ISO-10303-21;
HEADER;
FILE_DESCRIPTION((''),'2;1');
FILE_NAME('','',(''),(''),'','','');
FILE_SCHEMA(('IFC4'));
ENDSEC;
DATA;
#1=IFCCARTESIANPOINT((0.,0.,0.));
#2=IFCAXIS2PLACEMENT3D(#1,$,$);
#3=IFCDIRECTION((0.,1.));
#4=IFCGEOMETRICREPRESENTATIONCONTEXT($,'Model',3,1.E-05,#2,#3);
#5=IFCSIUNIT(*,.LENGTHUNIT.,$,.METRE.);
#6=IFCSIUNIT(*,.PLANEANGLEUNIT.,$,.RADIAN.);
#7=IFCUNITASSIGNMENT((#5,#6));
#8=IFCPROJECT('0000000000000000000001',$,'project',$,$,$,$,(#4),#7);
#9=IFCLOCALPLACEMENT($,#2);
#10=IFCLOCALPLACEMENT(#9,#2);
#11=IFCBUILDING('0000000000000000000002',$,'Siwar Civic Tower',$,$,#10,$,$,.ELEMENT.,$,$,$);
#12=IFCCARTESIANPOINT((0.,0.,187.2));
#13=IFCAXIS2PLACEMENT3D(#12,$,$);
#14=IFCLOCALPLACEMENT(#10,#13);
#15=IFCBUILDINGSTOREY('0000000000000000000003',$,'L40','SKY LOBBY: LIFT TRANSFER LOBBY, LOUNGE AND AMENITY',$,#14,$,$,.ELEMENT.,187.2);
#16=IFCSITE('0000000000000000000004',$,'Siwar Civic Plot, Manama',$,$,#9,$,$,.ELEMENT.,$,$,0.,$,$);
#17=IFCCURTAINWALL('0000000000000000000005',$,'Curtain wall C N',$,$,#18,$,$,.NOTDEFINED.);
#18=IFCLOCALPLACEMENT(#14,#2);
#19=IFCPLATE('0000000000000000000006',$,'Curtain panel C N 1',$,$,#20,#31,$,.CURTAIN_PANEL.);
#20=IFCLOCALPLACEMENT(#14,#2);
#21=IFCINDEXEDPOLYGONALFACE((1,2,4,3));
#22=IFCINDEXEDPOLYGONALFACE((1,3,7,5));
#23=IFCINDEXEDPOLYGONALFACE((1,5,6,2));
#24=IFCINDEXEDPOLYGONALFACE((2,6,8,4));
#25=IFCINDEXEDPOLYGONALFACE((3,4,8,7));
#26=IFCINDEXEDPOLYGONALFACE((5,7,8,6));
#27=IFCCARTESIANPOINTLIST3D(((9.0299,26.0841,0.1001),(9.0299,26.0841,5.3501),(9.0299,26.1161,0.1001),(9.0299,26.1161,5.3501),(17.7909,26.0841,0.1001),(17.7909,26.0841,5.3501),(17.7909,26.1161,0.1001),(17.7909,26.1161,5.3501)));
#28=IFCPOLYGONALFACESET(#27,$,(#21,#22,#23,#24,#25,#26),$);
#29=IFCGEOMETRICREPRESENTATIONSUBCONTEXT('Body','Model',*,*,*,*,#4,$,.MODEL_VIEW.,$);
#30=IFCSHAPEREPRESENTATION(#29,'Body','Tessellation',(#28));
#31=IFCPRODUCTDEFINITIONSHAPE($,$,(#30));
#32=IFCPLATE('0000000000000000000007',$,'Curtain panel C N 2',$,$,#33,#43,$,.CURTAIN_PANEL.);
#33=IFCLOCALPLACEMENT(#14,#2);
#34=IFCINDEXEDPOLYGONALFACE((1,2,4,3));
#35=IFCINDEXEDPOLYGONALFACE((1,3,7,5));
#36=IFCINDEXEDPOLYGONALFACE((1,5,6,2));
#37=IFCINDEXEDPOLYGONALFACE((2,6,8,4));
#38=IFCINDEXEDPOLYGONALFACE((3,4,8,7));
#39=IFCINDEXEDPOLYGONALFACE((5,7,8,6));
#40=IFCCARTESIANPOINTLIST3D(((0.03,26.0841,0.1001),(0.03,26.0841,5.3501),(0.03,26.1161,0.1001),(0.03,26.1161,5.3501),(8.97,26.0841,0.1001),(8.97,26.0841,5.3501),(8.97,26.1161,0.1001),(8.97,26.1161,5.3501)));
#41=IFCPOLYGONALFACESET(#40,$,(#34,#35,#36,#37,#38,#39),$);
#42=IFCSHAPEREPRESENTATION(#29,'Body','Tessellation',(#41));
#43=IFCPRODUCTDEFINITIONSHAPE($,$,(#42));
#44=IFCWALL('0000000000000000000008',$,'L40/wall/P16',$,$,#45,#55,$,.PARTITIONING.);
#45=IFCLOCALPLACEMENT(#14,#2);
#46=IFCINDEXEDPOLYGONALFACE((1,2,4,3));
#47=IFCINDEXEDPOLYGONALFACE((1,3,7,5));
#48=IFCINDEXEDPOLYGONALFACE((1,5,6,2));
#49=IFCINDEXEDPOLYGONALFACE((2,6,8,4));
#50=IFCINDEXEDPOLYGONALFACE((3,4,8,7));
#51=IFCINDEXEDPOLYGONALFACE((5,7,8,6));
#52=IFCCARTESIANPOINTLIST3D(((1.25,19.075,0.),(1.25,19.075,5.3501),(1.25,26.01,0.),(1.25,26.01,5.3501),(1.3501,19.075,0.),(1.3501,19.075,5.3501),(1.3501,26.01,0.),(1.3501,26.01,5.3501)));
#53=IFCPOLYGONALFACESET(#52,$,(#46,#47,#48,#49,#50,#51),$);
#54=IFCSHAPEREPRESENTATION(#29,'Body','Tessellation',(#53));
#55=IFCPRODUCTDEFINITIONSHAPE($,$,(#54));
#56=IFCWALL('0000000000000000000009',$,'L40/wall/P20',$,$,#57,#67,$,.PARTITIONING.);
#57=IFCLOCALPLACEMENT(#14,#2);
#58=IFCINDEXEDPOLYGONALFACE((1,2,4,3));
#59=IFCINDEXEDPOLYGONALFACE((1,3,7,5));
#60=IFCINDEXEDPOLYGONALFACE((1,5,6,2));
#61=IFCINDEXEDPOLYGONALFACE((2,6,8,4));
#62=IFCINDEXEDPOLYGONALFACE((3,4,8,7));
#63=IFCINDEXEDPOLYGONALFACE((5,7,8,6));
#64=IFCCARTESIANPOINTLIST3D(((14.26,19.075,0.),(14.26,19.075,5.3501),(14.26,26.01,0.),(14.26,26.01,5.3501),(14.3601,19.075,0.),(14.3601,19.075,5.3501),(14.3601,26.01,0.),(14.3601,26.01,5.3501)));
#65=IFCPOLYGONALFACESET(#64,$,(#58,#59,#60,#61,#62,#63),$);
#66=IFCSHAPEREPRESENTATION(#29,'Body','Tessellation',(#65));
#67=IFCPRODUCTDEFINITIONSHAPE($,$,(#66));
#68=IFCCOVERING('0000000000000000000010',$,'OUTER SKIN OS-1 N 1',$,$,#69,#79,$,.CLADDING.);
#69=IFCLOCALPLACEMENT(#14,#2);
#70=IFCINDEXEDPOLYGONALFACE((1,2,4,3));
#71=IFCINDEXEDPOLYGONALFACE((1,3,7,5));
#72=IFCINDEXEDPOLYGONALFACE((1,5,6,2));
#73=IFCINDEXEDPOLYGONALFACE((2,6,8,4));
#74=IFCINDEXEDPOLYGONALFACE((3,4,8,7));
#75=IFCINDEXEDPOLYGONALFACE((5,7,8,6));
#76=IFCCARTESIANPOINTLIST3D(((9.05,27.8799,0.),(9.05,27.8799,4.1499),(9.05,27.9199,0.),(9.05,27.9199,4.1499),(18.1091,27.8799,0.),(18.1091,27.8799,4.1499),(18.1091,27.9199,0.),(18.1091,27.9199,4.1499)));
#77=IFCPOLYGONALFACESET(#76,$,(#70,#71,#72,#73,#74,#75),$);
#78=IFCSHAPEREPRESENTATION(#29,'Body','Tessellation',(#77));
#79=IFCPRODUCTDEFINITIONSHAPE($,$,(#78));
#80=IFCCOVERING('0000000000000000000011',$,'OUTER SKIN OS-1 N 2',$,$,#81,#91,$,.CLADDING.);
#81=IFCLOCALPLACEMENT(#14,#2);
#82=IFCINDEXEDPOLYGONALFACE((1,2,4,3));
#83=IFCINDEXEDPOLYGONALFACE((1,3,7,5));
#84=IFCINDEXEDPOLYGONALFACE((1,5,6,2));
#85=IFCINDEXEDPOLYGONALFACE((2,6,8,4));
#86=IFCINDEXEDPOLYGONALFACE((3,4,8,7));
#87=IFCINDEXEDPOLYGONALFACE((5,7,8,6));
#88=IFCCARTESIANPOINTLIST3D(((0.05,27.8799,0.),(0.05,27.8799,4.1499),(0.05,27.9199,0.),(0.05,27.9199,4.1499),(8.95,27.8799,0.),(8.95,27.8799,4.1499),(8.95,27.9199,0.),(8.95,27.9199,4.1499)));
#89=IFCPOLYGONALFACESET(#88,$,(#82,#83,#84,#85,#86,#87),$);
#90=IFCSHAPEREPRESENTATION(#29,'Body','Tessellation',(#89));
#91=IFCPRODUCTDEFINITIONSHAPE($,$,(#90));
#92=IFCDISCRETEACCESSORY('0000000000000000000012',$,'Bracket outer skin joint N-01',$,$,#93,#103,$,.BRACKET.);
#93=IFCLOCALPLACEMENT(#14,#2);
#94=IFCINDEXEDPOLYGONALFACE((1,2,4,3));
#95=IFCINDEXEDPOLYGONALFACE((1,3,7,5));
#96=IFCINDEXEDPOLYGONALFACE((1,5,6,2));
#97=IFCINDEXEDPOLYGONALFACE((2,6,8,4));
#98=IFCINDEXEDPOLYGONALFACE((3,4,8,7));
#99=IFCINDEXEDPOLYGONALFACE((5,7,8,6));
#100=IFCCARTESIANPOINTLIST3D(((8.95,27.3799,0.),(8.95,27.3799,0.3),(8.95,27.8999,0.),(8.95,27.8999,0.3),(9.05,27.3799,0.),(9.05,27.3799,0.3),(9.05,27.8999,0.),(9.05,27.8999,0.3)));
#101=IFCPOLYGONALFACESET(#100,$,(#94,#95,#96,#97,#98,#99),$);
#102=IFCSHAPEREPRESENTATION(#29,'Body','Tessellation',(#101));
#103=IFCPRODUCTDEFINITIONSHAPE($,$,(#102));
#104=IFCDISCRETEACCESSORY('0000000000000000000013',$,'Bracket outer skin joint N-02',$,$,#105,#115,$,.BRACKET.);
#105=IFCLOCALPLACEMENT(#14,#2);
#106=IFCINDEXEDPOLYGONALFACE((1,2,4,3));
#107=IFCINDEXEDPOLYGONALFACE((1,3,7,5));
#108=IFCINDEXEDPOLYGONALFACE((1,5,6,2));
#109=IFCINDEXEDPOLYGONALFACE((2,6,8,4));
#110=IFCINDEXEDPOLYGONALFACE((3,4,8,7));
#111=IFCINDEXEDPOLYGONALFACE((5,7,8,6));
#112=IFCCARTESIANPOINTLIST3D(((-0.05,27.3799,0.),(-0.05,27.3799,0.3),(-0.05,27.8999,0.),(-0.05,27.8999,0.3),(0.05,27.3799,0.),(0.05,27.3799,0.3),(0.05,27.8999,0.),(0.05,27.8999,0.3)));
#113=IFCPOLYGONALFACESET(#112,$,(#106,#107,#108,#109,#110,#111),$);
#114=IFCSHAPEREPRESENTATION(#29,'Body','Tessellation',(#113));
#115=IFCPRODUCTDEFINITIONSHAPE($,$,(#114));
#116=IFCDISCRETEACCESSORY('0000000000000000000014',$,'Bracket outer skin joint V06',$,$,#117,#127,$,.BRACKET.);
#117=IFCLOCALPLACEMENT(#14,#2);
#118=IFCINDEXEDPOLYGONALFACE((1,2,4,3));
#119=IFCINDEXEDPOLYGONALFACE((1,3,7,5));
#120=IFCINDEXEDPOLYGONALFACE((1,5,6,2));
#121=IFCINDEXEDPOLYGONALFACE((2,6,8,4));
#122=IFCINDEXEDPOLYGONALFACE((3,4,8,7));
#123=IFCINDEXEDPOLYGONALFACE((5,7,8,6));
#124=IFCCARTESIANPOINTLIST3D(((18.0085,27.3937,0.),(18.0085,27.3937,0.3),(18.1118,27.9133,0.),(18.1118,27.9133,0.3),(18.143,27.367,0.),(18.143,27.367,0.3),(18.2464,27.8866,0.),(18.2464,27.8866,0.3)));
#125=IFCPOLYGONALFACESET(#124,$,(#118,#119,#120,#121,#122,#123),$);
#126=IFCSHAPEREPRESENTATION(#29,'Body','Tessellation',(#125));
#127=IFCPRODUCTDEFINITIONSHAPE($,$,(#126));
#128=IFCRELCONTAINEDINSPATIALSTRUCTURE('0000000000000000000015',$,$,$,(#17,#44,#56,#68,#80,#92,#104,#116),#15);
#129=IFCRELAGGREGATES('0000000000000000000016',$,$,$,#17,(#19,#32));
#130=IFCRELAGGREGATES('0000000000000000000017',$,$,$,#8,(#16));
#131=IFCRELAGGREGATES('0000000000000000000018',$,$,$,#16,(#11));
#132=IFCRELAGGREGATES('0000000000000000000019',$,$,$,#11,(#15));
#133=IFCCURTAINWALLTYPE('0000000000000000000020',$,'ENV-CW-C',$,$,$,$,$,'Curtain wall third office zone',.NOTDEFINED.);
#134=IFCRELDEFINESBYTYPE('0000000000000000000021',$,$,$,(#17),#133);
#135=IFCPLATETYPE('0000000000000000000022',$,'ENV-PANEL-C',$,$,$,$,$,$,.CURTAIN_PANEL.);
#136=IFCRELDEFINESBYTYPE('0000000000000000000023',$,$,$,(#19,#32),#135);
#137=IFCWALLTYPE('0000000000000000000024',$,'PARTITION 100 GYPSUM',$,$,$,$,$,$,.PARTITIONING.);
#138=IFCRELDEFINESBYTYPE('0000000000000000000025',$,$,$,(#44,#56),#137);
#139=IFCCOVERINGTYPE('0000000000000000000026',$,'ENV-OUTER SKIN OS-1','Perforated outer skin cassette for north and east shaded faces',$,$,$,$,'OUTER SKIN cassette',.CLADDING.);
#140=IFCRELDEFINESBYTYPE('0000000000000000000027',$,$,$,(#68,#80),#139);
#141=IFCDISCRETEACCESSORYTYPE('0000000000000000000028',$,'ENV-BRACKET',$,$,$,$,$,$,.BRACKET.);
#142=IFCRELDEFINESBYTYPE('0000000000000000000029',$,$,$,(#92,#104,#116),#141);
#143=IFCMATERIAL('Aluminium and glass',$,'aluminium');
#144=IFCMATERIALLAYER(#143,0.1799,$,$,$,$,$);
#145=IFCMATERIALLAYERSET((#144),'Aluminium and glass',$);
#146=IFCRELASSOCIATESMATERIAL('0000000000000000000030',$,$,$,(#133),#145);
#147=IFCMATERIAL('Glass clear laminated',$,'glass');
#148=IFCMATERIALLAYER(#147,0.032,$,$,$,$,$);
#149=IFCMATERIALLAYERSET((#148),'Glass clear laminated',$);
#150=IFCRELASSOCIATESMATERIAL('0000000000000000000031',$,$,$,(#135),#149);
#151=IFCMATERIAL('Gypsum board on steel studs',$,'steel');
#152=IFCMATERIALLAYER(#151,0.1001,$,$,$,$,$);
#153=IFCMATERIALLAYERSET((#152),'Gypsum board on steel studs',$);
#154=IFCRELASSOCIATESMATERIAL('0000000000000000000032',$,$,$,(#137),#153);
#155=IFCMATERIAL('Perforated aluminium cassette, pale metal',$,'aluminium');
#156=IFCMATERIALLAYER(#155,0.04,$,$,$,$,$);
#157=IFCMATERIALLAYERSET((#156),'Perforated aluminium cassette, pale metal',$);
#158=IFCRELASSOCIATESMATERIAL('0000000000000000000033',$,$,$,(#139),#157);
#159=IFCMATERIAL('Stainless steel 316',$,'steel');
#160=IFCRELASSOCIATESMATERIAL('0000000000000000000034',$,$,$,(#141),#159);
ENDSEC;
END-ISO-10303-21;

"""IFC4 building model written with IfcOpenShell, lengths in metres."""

from ifc_helpers import new_model, si_unit, direction, frame, frame_2d, origin, origin_2d, place, context, subcontext, project, spatial, rectangle, extrude, material, layer, layer_set, type_object, element, aggregate, save


model = new_model("IFC4")

# Units and contexts
model_context = context("Model", 3, precision=1e-05, world=origin(), true_north=direction((0.0, 1.0)))
body_context = subcontext(model_context, "Body", "Model", "MODEL_VIEW")
ifc_project = project(units=[si_unit("LENGTHUNIT", "METRE"), si_unit("PLANEANGLEUNIT", "RADIAN")], contexts=[model_context])

# Site, building, storey
site_placement = place(None, origin())
site = spatial("IfcSite", under=ifc_project, at=site_placement, Name="Siwar Civic Plot, Manama", CompositionType="ELEMENT", RefElevation=0.0)
building_placement = place(site_placement, origin())
building = spatial("IfcBuilding", under=site, at=building_placement, Name="Siwar Civic Tower", CompositionType="ELEMENT")
storey_placement = place(building_placement, frame((0.0, 0.0, 187.2)))
storey = spatial("IfcBuildingStorey", under=building, at=storey_placement, Name="L40", Description="SKY LOBBY: LIFT TRANSFER LOBBY, LOUNGE AND AMENITY", CompositionType="ELEMENT", Elevation=187.2)

# Curtain wall
ifc_material_1 = material(Name="Aluminium and glass", Category="aluminium")
ifc_layer_1 = layer(ifc_material_1, 0.1799)
ifc_layer_set_1 = layer_set([ifc_layer_1], Name="Aluminium and glass")
curtain_wall_type = type_object("IfcCurtainWallType", Name="ENV-CW-C", ElementType="Curtain wall third office zone", PredefinedType="NOTDEFINED", material=ifc_layer_set_1)
curtain_wall_placement = place(storey_placement, origin())
curtain_wall = element("IfcCurtainWall", 1, at=curtain_wall_placement, inside=storey, type_object=curtain_wall_type, Name="Curtain wall C N", PredefinedType="NOTDEFINED")

# Plates
ifc_material_2 = material(Name="Glass clear laminated", Category="glass")
ifc_layer_2 = layer(ifc_material_2, 0.032)
ifc_layer_set_2 = layer_set([ifc_layer_2], Name="Glass clear laminated")
plate_type = type_object("IfcPlateType", Name="ENV-PANEL-C", PredefinedType="CURTAIN_PANEL", material=ifc_layer_set_2)
plate_1_placement = place(storey_placement, frame((13.4104, 26.1001, 0.1001), z_axis=(0.0, 0.0, 1.0), x_axis=(-1.0, 0.0, 0.0)))
plate_1 = element("IfcPlate", 2, at=plate_1_placement, type_object=plate_type, Name="Curtain panel C N 1", PredefinedType="CURTAIN_PANEL", context=body_context, shape_type="SweptSolid", body=[
    extrude(rectangle(XDim=8.761, YDim=0.032, at=origin_2d()), origin(), (0.0, 0.0, 1.0), 5.25),
])
plate_2_placement = place(storey_placement, frame((4.5, 26.1001, 0.1001), z_axis=(0.0, 0.0, 1.0), x_axis=(-1.0, 0.0, 0.0)))
plate_2 = element("IfcPlate", 3, at=plate_2_placement, type_object=plate_type, Name="Curtain panel C N 2", PredefinedType="CURTAIN_PANEL", context=body_context, shape_type="SweptSolid", body=[
    extrude(rectangle(XDim=8.9399, YDim=0.032, at=origin_2d()), origin(), (0.0, 0.0, 1.0), 5.25),
])
aggregate(curtain_wall, [plate_1, plate_2])

# Walls
ifc_material_3 = material(Name="Gypsum board on steel studs", Category="steel")
ifc_layer_3 = layer(ifc_material_3, 0.1001)
ifc_layer_set_3 = layer_set([ifc_layer_3], Name="Gypsum board on steel studs")
wall_type = type_object("IfcWallType", Name="PARTITION 100 GYPSUM", PredefinedType="PARTITIONING", material=ifc_layer_set_3)
for number, where, z_axis, x_axis, name in (
    (4, (1.3, 19.075, 0.0), (0.0, 0.0, 1.0), (0.0, 1.0, 0.0), "L40/wall/P16"),
    (5, (14.3101, 19.075, 0.0), (0.0, 0.0, 1.0), (0.0, 1.0, 0.0), "L40/wall/P20"),
):
    element("IfcWall", number, at=place(storey_placement, frame(where, z_axis=z_axis, x_axis=x_axis)), inside=storey, type_object=wall_type, Name=name, PredefinedType="PARTITIONING", context=body_context, shape_type="SweptSolid", body=[
        extrude(rectangle(XDim=6.9351, YDim=0.1001, at=frame_2d((3.4675, 0.0))), origin(), (0.0, 0.0, 1.0), 5.3501),
    ])

# Coverings
ifc_material_4 = material(Name="Perforated aluminium cassette, pale metal", Category="aluminium")
ifc_layer_4 = layer(ifc_material_4, 0.04)
ifc_layer_set_4 = layer_set([ifc_layer_4], Name="Perforated aluminium cassette, pale metal")
covering_type = type_object("IfcCoveringType", Name="ENV-OUTER SKIN OS-1", Description="Perforated outer skin cassette for north and east shaded faces", ElementType="OUTER SKIN cassette", PredefinedType="CLADDING", material=ifc_layer_set_4)
covering_1_placement = place(storey_placement, frame((13.5796, 27.8999, 0.0), z_axis=(0.0, 0.0, 1.0), x_axis=(-1.0, 0.0, 0.0)))
element("IfcCovering", 6, at=covering_1_placement, inside=storey, type_object=covering_type, Name="OUTER SKIN OS-1 N 1", PredefinedType="CLADDING", context=body_context, shape_type="SweptSolid", body=[
    extrude(rectangle(XDim=9.0591, YDim=0.04, at=origin_2d()), origin(), (0.0, 0.0, 1.0), 4.1499),
])
covering_2_placement = place(storey_placement, frame((4.5, 27.8999, 0.0), z_axis=(0.0, 0.0, 1.0), x_axis=(-1.0, 0.0, 0.0)))
element("IfcCovering", 7, at=covering_2_placement, inside=storey, type_object=covering_type, Name="OUTER SKIN OS-1 N 2", PredefinedType="CLADDING", context=body_context, shape_type="SweptSolid", body=[
    extrude(rectangle(XDim=8.8999, YDim=0.04, at=origin_2d()), origin(), (0.0, 0.0, 1.0), 4.1499),
])

# Discrete accessories
ifc_material_5 = material(Name="Stainless steel 316", Category="steel")
discrete_accessory_type = type_object("IfcDiscreteAccessoryType", Name="ENV-BRACKET", PredefinedType="BRACKET", material=ifc_material_5)
for number, where, z_axis, x_axis, name in (
    (8, (9.0, 27.6399, 0.0), (0.0, 0.0, 1.0), (0.0, 1.0, 0.0), "Bracket outer skin joint N-01"),
    (9, (0.0, 27.6399, 0.0), (0.0, 0.0, 1.0), (0.0, 1.0, 0.0), "Bracket outer skin joint N-02"),
):
    element("IfcDiscreteAccessory", number, at=place(storey_placement, frame(where, z_axis=z_axis, x_axis=x_axis)), inside=storey, type_object=discrete_accessory_type, Name=name, PredefinedType="BRACKET", context=body_context, shape_type="SweptSolid", body=[
        extrude(rectangle(XDim=0.52, YDim=0.1001, at=origin_2d()), origin(), (0.0, 0.0, 1.0), 0.3),
    ])
discrete_accessory_placement = place(storey_placement, frame((18.1274, 27.6401, 0.0), z_axis=(0.0, 0.0, 1.0), x_axis=(0.19509, 0.980785, 0.0)))
element("IfcDiscreteAccessory", 10, at=discrete_accessory_placement, inside=storey, type_object=discrete_accessory_type, Name="Bracket outer skin joint V06", PredefinedType="BRACKET", context=body_context, shape_type="SweptSolid", body=[
    extrude(rectangle(XDim=0.5298, YDim=0.1372, at=origin_2d()), origin(), (0.0, 0.0, 1.0), 0.3),
])

save(model, "model.ifc")
